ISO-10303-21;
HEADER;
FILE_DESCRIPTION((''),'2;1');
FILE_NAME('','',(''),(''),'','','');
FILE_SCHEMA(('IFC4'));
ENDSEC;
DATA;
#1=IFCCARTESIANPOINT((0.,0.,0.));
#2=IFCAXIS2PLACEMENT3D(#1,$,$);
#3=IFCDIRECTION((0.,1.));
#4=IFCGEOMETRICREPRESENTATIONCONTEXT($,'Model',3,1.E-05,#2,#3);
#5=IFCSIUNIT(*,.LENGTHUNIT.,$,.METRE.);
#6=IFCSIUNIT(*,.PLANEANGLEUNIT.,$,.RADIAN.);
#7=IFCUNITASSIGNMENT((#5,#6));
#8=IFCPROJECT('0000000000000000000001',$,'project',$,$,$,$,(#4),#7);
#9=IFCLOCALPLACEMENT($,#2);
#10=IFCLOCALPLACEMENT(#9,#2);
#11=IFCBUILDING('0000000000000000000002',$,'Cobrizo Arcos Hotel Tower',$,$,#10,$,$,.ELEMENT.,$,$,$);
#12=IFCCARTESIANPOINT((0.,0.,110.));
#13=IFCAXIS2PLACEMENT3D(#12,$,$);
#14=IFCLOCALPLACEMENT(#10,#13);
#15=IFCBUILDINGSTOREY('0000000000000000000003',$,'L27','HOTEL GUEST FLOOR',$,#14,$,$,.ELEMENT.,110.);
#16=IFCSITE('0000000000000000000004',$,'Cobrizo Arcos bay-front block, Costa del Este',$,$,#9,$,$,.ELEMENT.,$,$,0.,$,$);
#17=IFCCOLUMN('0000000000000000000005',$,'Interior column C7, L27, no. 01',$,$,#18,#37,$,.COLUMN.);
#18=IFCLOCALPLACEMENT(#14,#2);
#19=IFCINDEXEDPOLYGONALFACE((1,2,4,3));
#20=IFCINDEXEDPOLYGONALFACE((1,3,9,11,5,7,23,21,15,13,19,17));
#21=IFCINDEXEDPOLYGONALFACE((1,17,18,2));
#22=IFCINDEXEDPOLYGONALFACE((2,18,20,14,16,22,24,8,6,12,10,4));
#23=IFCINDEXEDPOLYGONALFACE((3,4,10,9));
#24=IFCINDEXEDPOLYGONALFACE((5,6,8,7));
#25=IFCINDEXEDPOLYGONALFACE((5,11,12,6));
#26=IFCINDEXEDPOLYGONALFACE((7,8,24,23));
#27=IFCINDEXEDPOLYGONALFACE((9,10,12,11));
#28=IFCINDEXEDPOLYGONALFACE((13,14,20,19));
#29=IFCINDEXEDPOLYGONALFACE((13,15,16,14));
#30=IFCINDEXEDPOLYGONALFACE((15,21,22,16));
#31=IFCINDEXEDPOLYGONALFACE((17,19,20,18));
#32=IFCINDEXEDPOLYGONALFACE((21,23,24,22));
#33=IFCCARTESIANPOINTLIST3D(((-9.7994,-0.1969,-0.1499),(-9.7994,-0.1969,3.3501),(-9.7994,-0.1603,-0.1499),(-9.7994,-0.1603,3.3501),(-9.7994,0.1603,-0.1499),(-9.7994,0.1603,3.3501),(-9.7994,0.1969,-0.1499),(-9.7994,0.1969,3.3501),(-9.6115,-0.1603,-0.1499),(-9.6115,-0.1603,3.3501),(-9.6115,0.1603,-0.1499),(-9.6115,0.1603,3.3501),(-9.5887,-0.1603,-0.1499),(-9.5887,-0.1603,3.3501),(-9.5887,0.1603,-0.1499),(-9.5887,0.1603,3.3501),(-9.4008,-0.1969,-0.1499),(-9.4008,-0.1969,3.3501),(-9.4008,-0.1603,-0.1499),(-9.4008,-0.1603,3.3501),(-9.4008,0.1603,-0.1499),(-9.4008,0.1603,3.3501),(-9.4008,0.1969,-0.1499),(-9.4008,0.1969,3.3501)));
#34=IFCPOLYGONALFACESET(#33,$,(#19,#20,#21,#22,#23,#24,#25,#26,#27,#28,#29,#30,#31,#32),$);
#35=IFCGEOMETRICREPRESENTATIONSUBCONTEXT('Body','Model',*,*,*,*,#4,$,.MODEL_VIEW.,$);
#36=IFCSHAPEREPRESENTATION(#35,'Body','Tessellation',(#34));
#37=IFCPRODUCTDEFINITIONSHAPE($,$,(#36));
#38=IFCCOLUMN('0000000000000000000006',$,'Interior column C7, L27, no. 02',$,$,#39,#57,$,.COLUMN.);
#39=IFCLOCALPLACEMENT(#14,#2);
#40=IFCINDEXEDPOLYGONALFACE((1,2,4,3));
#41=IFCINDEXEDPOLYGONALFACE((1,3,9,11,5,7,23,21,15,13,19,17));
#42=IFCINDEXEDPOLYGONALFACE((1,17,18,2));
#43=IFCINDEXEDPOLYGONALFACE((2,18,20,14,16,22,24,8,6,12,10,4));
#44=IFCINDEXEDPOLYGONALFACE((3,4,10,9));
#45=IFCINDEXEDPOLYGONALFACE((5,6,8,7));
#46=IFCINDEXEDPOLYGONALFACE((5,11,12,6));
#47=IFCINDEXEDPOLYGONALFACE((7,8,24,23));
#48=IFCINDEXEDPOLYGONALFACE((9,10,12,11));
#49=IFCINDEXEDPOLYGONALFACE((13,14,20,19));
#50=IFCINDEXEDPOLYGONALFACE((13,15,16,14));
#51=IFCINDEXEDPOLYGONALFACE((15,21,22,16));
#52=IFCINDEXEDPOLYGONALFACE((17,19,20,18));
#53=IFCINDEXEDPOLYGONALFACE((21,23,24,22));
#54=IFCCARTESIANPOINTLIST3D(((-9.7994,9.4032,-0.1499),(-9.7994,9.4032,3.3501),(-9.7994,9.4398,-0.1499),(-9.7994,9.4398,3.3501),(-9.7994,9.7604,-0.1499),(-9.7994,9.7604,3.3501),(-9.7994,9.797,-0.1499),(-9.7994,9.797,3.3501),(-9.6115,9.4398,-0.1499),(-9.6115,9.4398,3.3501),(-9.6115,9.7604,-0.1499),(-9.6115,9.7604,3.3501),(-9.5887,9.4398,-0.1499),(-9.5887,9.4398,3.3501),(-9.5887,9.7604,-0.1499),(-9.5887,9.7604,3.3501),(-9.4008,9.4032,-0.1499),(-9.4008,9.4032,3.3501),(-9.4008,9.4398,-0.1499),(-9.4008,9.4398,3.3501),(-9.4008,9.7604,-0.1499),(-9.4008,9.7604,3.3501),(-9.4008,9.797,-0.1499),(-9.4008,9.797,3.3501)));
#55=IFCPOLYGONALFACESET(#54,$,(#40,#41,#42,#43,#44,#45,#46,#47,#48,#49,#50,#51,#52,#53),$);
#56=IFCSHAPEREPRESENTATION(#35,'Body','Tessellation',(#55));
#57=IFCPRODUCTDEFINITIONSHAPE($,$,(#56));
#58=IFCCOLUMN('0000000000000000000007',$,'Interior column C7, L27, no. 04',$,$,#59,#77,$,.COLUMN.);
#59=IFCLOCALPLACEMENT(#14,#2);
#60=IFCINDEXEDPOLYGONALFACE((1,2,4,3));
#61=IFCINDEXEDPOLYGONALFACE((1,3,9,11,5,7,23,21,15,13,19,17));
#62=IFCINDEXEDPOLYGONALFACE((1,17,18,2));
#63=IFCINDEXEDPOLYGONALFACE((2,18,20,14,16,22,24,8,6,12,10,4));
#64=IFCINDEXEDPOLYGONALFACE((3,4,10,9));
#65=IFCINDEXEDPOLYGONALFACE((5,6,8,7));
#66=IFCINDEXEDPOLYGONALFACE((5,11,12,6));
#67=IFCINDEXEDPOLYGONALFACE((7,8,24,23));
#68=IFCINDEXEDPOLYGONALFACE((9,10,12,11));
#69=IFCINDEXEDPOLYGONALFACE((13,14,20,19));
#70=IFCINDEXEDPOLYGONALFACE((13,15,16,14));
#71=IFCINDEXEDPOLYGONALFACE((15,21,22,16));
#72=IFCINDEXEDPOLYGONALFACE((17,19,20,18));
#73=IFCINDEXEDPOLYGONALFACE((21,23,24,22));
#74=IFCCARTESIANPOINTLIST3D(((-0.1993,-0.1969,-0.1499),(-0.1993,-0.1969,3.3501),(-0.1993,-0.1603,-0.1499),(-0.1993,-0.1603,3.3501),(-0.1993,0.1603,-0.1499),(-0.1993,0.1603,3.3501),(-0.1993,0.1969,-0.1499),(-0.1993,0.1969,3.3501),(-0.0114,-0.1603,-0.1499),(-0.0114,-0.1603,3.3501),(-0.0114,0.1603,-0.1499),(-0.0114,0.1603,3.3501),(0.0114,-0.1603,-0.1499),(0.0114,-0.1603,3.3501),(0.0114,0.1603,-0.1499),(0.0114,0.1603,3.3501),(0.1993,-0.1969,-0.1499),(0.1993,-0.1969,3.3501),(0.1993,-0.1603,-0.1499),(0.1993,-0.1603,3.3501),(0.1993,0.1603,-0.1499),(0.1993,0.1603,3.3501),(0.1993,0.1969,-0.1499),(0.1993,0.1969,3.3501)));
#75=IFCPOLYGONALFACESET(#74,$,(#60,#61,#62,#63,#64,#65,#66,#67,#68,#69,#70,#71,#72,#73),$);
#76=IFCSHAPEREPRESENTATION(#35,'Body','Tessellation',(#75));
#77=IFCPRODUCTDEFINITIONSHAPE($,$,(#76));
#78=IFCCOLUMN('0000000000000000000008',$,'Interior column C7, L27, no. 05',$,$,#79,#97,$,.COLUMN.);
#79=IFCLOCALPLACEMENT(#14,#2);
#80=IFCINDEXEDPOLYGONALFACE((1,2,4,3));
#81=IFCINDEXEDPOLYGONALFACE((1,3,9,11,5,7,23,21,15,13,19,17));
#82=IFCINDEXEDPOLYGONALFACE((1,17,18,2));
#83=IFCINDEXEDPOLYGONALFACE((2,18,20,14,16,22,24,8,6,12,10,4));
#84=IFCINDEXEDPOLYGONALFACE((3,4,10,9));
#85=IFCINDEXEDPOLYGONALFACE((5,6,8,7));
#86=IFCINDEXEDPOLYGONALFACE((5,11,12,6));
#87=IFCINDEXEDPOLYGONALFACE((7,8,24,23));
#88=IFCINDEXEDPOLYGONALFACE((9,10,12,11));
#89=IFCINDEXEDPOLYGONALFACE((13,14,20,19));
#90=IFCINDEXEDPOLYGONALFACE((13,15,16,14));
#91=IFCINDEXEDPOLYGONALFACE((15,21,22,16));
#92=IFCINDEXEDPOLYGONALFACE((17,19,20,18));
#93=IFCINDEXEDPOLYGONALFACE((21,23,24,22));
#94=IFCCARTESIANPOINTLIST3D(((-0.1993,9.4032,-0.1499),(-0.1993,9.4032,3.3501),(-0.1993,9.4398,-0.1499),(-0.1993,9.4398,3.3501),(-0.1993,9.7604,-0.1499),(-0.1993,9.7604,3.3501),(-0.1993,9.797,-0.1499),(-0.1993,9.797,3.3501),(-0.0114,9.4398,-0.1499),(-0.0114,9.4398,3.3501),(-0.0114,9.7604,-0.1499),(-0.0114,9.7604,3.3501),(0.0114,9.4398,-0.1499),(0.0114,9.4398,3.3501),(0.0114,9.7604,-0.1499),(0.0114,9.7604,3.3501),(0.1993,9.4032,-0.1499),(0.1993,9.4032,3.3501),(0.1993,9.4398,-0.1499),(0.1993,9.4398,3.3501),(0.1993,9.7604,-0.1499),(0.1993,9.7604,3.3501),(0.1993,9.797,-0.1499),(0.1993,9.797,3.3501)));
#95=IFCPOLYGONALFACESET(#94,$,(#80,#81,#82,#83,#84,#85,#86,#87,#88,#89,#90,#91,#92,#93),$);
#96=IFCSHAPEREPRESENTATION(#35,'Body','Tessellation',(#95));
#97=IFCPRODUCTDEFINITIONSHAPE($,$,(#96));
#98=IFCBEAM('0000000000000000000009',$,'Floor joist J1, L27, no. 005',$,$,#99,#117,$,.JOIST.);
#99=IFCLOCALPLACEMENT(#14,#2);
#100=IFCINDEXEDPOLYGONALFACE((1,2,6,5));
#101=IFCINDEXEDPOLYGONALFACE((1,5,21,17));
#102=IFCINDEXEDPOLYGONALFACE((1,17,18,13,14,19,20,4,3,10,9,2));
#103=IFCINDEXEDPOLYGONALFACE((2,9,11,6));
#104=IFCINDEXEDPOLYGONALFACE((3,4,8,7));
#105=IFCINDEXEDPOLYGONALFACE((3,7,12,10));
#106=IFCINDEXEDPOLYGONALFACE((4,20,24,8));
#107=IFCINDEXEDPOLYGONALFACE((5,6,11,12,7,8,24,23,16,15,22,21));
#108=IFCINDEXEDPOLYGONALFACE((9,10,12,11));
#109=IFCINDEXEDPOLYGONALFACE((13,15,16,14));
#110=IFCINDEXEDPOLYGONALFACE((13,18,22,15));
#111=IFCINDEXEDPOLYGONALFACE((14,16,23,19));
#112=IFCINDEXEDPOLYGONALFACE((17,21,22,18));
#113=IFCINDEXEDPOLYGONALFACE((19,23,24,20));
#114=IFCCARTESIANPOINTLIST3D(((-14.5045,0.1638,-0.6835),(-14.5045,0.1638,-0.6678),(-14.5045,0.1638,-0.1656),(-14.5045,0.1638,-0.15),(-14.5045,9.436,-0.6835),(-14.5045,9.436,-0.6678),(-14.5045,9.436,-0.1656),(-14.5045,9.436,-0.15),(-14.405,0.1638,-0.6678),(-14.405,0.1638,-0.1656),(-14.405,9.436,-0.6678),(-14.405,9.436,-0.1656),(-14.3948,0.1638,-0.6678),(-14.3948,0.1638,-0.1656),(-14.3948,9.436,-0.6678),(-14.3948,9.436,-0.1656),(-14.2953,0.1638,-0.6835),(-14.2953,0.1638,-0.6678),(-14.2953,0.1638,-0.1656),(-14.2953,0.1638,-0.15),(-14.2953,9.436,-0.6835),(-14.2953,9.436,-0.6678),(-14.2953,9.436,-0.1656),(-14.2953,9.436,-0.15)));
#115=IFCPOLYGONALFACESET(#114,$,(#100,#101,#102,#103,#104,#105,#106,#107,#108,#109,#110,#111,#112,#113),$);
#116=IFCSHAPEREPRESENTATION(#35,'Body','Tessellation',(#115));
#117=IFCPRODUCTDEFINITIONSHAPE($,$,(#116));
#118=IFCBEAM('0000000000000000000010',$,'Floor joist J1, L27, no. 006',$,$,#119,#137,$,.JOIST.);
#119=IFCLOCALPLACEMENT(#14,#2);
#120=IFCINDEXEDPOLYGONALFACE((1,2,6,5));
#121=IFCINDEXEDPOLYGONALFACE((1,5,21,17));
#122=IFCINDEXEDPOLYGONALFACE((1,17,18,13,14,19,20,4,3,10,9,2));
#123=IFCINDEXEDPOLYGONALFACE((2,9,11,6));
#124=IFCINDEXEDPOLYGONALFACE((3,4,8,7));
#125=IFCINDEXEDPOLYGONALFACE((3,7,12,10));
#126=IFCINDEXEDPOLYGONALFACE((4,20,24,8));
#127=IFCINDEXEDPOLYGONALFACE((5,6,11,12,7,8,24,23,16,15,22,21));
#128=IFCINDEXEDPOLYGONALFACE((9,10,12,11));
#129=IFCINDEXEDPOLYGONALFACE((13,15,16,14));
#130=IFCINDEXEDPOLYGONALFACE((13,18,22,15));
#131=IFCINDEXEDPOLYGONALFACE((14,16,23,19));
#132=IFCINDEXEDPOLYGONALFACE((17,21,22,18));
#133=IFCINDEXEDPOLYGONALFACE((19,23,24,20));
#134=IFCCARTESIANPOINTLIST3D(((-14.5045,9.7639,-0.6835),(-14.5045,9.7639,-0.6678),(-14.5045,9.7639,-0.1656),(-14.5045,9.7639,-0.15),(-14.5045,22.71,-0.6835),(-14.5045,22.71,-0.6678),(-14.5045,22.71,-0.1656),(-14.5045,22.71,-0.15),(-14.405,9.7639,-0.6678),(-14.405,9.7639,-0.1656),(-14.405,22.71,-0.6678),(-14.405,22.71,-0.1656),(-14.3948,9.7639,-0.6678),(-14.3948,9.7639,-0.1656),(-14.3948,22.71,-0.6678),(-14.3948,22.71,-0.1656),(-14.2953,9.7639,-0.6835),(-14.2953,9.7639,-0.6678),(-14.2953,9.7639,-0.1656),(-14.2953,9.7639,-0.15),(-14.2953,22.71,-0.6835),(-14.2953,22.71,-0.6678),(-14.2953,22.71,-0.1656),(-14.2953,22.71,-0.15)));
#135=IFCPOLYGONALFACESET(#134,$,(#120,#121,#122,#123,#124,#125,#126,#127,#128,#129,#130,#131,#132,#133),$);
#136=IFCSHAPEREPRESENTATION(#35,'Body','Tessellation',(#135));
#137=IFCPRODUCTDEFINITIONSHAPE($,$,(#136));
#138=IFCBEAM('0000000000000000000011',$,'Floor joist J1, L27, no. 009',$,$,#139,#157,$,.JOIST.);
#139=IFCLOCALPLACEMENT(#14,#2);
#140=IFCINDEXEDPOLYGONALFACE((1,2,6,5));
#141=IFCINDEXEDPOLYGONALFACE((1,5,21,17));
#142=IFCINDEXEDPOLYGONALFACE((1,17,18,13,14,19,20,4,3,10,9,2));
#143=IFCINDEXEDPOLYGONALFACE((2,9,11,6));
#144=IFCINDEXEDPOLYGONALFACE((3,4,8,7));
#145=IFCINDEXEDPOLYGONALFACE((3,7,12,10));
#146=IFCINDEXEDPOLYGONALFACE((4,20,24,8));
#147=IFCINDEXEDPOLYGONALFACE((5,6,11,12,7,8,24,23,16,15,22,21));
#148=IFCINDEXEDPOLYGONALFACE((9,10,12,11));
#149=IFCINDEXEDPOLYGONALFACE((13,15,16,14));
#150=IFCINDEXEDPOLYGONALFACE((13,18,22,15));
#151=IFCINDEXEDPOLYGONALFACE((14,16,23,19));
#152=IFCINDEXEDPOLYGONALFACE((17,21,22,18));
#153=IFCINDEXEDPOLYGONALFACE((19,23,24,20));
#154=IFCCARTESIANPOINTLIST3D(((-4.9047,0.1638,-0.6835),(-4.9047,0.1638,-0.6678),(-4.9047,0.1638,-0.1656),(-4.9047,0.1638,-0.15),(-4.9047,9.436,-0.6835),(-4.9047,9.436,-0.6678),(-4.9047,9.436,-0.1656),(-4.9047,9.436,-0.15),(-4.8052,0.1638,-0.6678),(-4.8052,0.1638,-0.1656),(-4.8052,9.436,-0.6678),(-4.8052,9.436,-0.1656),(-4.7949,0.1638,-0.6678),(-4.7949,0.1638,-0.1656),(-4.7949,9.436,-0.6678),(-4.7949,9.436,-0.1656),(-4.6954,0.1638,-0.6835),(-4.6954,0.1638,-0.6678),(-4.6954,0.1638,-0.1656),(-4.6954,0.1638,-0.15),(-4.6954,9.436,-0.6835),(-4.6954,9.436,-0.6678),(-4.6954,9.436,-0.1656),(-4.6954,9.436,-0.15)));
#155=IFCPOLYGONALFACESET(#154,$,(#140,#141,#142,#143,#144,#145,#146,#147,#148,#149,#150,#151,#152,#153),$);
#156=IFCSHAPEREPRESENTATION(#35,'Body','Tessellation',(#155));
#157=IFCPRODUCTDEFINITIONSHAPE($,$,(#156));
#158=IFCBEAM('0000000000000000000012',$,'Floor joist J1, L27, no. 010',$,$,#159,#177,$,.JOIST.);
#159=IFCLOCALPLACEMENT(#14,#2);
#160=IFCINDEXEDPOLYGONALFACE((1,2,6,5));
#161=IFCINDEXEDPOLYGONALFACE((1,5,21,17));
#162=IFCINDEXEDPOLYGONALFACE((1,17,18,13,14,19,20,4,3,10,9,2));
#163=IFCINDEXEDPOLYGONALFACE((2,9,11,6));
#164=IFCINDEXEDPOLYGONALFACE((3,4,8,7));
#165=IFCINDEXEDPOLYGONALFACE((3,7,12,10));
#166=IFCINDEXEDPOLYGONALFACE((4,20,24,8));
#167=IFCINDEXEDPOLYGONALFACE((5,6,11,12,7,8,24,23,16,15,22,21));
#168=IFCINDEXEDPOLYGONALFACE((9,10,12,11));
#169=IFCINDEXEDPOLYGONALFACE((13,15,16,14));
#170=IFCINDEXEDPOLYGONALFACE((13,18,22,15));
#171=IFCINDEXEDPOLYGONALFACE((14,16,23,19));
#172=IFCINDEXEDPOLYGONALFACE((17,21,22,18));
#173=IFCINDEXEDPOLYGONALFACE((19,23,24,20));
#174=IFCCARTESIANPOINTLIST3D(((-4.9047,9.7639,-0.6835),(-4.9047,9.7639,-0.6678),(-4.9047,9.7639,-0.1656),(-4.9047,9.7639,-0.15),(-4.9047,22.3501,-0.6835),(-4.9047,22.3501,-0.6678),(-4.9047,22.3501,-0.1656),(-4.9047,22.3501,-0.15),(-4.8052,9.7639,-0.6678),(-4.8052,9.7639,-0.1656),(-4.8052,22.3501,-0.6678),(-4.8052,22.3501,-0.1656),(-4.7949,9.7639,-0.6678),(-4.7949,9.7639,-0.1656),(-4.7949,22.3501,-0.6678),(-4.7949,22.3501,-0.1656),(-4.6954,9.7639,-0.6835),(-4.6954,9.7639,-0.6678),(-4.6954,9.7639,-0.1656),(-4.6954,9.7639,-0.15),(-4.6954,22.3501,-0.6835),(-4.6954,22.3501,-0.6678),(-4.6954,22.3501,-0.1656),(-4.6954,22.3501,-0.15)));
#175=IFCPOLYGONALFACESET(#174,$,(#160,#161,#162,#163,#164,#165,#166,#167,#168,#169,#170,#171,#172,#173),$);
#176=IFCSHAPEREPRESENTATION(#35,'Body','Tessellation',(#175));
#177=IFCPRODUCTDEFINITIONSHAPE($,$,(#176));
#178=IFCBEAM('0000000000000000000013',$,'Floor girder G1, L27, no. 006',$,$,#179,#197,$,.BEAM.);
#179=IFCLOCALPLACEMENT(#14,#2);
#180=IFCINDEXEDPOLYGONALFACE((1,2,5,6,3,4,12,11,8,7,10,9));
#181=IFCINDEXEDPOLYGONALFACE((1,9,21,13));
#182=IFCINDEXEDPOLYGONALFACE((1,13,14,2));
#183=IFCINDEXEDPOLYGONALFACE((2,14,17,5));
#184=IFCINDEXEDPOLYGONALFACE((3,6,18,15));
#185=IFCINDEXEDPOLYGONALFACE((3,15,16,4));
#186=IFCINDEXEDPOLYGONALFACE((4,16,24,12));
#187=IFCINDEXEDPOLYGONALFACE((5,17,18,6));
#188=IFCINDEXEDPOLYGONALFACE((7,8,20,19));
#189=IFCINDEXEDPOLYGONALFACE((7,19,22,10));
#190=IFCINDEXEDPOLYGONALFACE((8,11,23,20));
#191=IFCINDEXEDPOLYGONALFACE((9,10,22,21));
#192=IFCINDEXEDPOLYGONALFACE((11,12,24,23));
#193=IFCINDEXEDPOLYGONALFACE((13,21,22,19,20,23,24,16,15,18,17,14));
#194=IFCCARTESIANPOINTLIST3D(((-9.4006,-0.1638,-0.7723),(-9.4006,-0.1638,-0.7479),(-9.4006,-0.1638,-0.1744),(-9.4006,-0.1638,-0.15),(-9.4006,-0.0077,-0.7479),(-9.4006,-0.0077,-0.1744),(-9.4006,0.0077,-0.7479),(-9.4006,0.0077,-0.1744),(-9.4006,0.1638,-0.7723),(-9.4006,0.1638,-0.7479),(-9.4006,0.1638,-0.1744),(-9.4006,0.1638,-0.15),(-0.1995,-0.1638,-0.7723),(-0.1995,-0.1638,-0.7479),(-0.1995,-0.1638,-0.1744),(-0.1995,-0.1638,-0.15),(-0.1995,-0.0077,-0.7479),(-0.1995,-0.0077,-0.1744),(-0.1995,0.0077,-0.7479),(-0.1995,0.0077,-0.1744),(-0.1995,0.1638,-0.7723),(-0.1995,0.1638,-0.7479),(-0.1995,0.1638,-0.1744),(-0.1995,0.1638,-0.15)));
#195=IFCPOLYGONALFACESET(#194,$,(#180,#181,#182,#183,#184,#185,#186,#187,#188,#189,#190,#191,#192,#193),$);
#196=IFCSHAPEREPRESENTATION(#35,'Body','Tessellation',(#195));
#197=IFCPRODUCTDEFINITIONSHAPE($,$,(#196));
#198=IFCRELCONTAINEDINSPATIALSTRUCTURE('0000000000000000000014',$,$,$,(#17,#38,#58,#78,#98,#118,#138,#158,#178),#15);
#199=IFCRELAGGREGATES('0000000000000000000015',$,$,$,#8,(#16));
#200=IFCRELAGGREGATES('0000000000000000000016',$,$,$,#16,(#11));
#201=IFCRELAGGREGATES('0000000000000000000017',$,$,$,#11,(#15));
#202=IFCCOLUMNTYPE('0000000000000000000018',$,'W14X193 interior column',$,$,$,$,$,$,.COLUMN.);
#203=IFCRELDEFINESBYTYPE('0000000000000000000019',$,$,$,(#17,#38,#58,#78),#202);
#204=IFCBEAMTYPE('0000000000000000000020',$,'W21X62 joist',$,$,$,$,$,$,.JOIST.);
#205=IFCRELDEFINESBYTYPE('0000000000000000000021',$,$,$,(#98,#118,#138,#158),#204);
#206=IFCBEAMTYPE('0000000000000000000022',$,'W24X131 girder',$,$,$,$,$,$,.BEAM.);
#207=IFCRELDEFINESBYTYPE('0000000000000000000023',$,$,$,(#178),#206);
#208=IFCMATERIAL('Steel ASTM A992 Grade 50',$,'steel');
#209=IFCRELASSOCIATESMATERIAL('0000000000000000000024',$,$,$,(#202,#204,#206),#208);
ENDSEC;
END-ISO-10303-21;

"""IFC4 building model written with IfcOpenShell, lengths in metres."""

from ifc_helpers import new_model, si_unit, direction, frame, origin, origin_2d, place, context, subcontext, project, spatial, i_section, extrude, material, material_profile, profile_set, type_object, element, save


model = new_model("IFC4")

# Units and contexts
model_context = context("Model", 3, precision=1e-05, world=origin(), true_north=direction((0.0, 1.0)))
body_context = subcontext(model_context, "Body", "Model", "MODEL_VIEW")
ifc_project = project(units=[si_unit("LENGTHUNIT", "METRE"), si_unit("PLANEANGLEUNIT", "RADIAN")], contexts=[model_context])

# Site, building, storey
site_placement = place(None, origin())
site = spatial("IfcSite", under=ifc_project, at=site_placement, Name="Cobrizo Arcos bay-front block, Costa del Este", CompositionType="ELEMENT", RefElevation=0.0)
building_placement = place(site_placement, origin())
building = spatial("IfcBuilding", under=site, at=building_placement, Name="Cobrizo Arcos Hotel Tower", CompositionType="ELEMENT")
storey_placement = place(building_placement, frame((0.0, 0.0, 110.0)))
storey = spatial("IfcBuildingStorey", under=building, at=storey_placement, Name="L27", Description="HOTEL GUEST FLOOR", CompositionType="ELEMENT", Elevation=110.0)

# Columns
ifc_material_1 = material(Name="Steel ASTM A992 Grade 50", Category="steel")
ifc_material_profile_1 = material_profile(ifc_material_1, i_section(OverallWidth=0.3987, OverallDepth=0.3938, WebThickness=0.0227, FlangeThickness=0.0366, at=origin_2d()), Name="W14X193")
ifc_profile_set_1 = profile_set([ifc_material_profile_1], Name="Steel ASTM A992 Grade 50")
column_type = type_object("IfcColumnType", Name="W14X193 interior column", PredefinedType="COLUMN", material=ifc_profile_set_1)
for number, where, z_axis, x_axis, name in (
    (1, (-9.6001, 0.0, -0.1499), (0.0, 0.0, 1.0), (1.0, 0.0, 0.0), "Interior column C7, L27, no. 01"),
    (2, (-9.6001, 9.6001, -0.1499), (0.0, 0.0, 1.0), (1.0, 0.0, 0.0), "Interior column C7, L27, no. 02"),
    (3, (0.0, 0.0, -0.1499), (0.0, 0.0, 1.0), (1.0, 0.0, 0.0), "Interior column C7, L27, no. 04"),
    (4, (0.0, 9.6001, -0.1499), (0.0, 0.0, 1.0), (1.0, 0.0, 0.0), "Interior column C7, L27, no. 05"),
):
    element("IfcColumn", number, at=place(storey_placement, frame(where, z_axis=z_axis, x_axis=x_axis)), inside=storey, type_object=column_type, Name=name, PredefinedType="COLUMN", context=body_context, shape_type="SweptSolid", body=[
        extrude(i_section(OverallWidth=0.3987, OverallDepth=0.3938, WebThickness=0.0227, FlangeThickness=0.0366, at=origin_2d()), origin(), (0.0, 0.0, 1.0), 3.5),
    ])

# Beams
ifc_material_profile_2 = material_profile(ifc_material_1, i_section(OverallWidth=0.2092, OverallDepth=0.5334, WebThickness=0.0103, FlangeThickness=0.0156, at=origin_2d()), Name="W21X62")
ifc_profile_set_2 = profile_set([ifc_material_profile_2], Name="Steel ASTM A992 Grade 50")
beam_type_1 = type_object("IfcBeamType", Name="W21X62 joist", PredefinedType="JOIST", material=ifc_profile_set_2)
beam_1_placement = place(storey_placement, frame((-14.3999, 0.1638, -0.4167), z_axis=(0.0, 1.0, 0.0), x_axis=(-1.0, 0.0, 0.0)))
element("IfcBeam", 5, at=beam_1_placement, inside=storey, type_object=beam_type_1, Name="Floor joist J1, L27, no. 005", PredefinedType="JOIST", context=body_context, shape_type="SweptSolid", body=[
    extrude(i_section(OverallWidth=0.2092, OverallDepth=0.5334, WebThickness=0.0103, FlangeThickness=0.0156, at=origin_2d()), origin(), (0.0, 0.0, 1.0), 9.2722),
])
beam_2_placement = place(storey_placement, frame((-14.3999, 9.7639, -0.4167), z_axis=(0.0, 1.0, 0.0), x_axis=(-1.0, 0.0, 0.0)))
element("IfcBeam", 6, at=beam_2_placement, inside=storey, type_object=beam_type_1, Name="Floor joist J1, L27, no. 006", PredefinedType="JOIST", context=body_context, shape_type="SweptSolid", body=[
    extrude(i_section(OverallWidth=0.2092, OverallDepth=0.5334, WebThickness=0.0103, FlangeThickness=0.0156, at=origin_2d()), origin(), (0.0, 0.0, 1.0), 12.946),
])
beam_3_placement = place(storey_placement, frame((-4.8, 0.1638, -0.4167), z_axis=(0.0, 1.0, 0.0), x_axis=(-1.0, 0.0, 0.0)))
element("IfcBeam", 7, at=beam_3_placement, inside=storey, type_object=beam_type_1, Name="Floor joist J1, L27, no. 009", PredefinedType="JOIST", context=body_context, shape_type="SweptSolid", body=[
    extrude(i_section(OverallWidth=0.2092, OverallDepth=0.5334, WebThickness=0.0103, FlangeThickness=0.0156, at=origin_2d()), origin(), (0.0, 0.0, 1.0), 9.2722),
])
beam_4_placement = place(storey_placement, frame((-4.8, 9.7639, -0.4167), z_axis=(0.0, 1.0, 0.0), x_axis=(-1.0, 0.0, 0.0)))
element("IfcBeam", 8, at=beam_4_placement, inside=storey, type_object=beam_type_1, Name="Floor joist J1, L27, no. 010", PredefinedType="JOIST", context=body_context, shape_type="SweptSolid", body=[
    extrude(i_section(OverallWidth=0.2092, OverallDepth=0.5334, WebThickness=0.0103, FlangeThickness=0.0156, at=origin_2d()), origin(), (0.0, 0.0, 1.0), 12.5862),
])
ifc_material_profile_3 = material_profile(ifc_material_1, i_section(OverallWidth=0.3276, OverallDepth=0.6223, WebThickness=0.0154, FlangeThickness=0.0244, at=origin_2d()), Name="W24X131")
ifc_profile_set_3 = profile_set([ifc_material_profile_3], Name="Steel ASTM A992 Grade 50")
beam_type_2 = type_object("IfcBeamType", Name="W24X131 girder", PredefinedType="BEAM", material=ifc_profile_set_3)
for number, where, z_axis, x_axis, name in (
    (9, (-9.4006, 0.0, -0.4612), (1.0, 0.0, 0.0), (0.0, 1.0, 0.0), "Floor girder G1, L27, no. 006"),
):
    element("IfcBeam", number, at=place(storey_placement, frame(where, z_axis=z_axis, x_axis=x_axis)), inside=storey, type_object=beam_type_2, Name=name, PredefinedType="BEAM", context=body_context, shape_type="SweptSolid", body=[
        extrude(i_section(OverallWidth=0.3276, OverallDepth=0.6223, WebThickness=0.0154, FlangeThickness=0.0244, at=origin_2d()), origin(), (0.0, 0.0, 1.0), 9.2012),
    ])

save(model, "model.ifc")
